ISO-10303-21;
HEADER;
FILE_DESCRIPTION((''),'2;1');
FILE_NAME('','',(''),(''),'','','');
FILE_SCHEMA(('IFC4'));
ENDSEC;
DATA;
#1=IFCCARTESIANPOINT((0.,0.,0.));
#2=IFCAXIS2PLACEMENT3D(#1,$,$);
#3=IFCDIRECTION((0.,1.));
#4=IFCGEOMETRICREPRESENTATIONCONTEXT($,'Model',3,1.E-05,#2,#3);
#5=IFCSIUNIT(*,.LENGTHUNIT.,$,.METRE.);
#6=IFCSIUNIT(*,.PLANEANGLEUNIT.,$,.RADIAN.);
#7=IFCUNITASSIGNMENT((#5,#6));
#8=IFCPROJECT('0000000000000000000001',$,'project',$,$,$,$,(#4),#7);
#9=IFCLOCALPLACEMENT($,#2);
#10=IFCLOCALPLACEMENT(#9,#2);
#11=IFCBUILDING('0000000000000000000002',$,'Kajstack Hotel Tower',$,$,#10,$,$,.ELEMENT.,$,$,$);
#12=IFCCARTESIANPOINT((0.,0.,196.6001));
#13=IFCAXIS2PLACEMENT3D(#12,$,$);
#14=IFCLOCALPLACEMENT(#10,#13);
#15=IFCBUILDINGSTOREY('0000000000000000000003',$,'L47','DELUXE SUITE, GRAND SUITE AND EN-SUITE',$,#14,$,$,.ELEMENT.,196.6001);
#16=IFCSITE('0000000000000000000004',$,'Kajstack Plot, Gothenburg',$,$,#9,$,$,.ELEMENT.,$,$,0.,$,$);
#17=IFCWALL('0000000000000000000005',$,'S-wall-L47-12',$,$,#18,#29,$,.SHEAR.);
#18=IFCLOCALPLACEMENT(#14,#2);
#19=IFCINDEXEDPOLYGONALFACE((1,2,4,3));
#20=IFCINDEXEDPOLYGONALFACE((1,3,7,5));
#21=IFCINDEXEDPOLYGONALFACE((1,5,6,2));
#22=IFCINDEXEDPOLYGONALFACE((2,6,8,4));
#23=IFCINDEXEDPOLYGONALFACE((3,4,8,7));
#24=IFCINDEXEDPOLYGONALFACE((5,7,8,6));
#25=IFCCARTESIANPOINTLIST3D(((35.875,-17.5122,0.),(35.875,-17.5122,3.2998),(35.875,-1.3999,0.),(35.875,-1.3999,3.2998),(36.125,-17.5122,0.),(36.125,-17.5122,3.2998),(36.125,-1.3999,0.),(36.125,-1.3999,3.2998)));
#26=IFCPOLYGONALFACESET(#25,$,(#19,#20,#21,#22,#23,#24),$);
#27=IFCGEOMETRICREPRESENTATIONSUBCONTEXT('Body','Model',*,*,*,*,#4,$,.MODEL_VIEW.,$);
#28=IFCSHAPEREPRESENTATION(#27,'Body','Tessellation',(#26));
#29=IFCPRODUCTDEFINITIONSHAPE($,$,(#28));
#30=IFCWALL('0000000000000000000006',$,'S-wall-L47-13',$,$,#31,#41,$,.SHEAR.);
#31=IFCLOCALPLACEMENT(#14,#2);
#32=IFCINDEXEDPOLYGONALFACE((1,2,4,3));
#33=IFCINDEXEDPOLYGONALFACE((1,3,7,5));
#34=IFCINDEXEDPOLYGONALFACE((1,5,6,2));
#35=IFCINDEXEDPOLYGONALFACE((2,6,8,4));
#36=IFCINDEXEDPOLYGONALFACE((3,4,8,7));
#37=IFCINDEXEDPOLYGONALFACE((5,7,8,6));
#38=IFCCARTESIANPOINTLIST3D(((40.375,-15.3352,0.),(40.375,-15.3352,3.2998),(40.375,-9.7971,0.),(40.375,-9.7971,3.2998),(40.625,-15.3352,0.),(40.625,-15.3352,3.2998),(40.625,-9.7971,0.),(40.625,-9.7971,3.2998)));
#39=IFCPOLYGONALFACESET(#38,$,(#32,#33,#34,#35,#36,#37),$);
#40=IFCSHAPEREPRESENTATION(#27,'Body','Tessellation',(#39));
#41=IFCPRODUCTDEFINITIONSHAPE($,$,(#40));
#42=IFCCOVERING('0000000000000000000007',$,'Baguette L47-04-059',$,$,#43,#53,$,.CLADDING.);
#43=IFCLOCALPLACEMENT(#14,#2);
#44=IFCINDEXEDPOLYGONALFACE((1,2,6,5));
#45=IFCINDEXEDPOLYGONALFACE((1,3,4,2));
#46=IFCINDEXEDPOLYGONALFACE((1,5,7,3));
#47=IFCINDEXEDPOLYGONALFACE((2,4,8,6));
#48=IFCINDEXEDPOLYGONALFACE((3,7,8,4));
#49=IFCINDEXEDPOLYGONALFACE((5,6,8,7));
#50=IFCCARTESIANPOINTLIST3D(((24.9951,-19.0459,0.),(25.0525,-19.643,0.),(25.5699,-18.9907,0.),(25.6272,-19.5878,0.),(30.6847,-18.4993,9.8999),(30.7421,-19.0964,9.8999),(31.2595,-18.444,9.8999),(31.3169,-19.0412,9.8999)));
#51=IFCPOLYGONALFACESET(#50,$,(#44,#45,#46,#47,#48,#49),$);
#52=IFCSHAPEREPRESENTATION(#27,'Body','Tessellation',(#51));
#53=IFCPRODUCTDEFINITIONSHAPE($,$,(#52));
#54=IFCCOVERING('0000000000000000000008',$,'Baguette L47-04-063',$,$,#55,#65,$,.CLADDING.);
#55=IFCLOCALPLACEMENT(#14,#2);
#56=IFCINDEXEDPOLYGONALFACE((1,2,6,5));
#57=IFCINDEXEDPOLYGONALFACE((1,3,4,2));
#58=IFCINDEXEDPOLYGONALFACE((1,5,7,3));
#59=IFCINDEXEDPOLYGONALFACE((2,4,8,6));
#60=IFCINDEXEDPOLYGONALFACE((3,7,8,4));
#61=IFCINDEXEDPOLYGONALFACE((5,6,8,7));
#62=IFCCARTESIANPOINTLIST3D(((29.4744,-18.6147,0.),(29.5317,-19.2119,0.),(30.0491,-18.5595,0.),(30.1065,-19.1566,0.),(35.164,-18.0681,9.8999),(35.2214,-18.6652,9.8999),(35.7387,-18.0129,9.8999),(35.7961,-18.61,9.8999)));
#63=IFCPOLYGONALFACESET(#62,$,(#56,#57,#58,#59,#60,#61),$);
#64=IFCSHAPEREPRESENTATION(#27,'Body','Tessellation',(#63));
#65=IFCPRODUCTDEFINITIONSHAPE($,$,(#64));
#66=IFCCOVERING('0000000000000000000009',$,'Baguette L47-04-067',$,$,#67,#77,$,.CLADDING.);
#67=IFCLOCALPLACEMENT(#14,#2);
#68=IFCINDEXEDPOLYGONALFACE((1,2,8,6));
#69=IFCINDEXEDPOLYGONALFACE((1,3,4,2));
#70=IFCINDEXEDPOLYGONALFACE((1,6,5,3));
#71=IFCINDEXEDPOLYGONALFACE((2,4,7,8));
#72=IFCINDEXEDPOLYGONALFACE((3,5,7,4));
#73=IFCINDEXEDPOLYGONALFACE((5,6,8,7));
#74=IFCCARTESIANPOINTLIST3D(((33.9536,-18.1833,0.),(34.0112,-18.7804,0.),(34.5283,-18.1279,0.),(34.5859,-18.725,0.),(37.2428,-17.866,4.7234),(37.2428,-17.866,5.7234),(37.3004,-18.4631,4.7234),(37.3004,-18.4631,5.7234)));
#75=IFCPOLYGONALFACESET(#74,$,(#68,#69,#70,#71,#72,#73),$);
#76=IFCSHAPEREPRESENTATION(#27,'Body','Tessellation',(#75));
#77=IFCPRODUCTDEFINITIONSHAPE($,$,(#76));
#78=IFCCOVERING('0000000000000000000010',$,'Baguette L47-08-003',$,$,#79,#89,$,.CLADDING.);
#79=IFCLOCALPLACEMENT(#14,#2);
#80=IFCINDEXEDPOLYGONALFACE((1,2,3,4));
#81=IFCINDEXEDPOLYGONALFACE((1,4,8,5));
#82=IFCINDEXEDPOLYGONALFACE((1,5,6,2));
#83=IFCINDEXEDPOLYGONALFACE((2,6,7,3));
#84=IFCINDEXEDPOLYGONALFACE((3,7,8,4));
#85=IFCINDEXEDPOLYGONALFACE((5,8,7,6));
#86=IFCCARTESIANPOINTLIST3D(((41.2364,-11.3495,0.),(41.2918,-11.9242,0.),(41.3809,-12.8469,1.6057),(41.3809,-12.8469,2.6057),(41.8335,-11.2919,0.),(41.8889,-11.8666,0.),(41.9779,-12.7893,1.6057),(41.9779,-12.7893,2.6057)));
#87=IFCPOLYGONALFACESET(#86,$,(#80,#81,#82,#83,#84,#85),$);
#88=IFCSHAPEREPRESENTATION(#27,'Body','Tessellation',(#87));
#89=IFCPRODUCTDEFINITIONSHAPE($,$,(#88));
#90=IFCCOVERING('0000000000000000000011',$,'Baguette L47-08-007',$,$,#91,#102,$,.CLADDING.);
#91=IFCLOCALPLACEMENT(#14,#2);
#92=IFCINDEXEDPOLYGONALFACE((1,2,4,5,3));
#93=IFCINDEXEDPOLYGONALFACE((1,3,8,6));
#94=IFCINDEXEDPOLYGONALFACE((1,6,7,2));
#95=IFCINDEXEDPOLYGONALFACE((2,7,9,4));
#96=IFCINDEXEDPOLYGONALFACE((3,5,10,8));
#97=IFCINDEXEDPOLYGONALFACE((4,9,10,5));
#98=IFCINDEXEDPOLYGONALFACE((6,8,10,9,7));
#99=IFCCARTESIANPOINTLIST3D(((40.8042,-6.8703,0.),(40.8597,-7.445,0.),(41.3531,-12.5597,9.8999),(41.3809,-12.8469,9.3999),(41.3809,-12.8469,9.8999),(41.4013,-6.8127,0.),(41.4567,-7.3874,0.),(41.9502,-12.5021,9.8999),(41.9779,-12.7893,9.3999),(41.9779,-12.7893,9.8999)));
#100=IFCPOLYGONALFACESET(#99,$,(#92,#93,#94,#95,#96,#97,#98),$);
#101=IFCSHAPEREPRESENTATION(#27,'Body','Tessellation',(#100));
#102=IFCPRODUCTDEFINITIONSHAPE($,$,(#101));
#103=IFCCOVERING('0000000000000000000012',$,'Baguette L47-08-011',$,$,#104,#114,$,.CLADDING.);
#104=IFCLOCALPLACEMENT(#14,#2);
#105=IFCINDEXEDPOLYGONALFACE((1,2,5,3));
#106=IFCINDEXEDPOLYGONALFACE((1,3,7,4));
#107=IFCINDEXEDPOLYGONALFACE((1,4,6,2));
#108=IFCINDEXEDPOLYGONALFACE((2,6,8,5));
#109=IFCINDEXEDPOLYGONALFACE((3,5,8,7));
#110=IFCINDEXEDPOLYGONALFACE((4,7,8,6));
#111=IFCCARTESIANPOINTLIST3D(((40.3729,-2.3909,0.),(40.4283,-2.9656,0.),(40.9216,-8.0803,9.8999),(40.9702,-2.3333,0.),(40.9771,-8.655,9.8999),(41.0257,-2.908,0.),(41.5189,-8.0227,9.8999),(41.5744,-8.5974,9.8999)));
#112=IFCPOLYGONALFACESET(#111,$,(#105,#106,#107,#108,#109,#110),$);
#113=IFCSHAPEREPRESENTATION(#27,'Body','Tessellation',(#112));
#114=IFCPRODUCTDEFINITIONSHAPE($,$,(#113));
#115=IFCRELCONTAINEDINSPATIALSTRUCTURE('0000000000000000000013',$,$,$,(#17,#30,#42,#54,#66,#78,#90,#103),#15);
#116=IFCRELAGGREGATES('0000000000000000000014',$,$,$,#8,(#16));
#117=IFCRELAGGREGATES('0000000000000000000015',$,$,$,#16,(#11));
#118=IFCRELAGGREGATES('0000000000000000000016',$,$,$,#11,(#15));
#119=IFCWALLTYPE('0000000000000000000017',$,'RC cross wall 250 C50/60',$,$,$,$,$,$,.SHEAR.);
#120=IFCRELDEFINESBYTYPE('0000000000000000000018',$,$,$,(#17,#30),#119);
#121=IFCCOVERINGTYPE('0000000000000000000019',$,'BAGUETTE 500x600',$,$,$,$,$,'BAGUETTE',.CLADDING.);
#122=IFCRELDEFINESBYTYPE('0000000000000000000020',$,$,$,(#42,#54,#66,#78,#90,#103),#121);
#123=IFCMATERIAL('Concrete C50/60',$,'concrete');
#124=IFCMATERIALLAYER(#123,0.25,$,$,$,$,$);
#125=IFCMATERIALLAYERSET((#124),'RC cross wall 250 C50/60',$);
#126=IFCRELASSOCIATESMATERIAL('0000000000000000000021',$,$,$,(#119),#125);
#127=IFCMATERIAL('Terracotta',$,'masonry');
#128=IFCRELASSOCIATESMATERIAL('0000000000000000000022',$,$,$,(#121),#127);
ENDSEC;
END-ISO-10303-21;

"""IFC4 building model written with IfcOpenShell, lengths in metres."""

from ifc_helpers import new_model, si_unit, direction, frame, frame_2d, origin, origin_2d, place, context, subcontext, project, spatial, polyline, rectangle, outline, extrude, material, layer, layer_set, material_profile, profile_set, type_object, element, save


model = new_model("IFC4")

# Units and contexts
model_context = context("Model", 3, precision=1e-05, world=origin(), true_north=direction((0.0, 1.0)))
body_context = subcontext(model_context, "Body", "Model", "MODEL_VIEW")
ifc_project = project(units=[si_unit("LENGTHUNIT", "METRE"), si_unit("PLANEANGLEUNIT", "RADIAN")], contexts=[model_context])

# Site, building, storey
site_placement = place(None, origin())
site = spatial("IfcSite", under=ifc_project, at=site_placement, Name="Kajstack Plot, Gothenburg", CompositionType="ELEMENT", RefElevation=0.0)
building_placement = place(site_placement, origin())
building = spatial("IfcBuilding", under=site, at=building_placement, Name="Kajstack Hotel Tower", CompositionType="ELEMENT")
storey_placement = place(building_placement, frame((0.0, 0.0, 196.6001)))
storey = spatial("IfcBuildingStorey", under=building, at=storey_placement, Name="L47", Description="DELUXE SUITE, GRAND SUITE AND EN-SUITE", CompositionType="ELEMENT", Elevation=196.6001)

# Walls
ifc_material_1 = material(Name="Concrete C50/60", Category="concrete")
ifc_layer_1 = layer(ifc_material_1, 0.25)
ifc_layer_set_1 = layer_set([ifc_layer_1], Name="RC cross wall 250 C50/60")
wall_type_1 = type_object("IfcWallType", Name="RC cross wall 250 C50/60", PredefinedType="SHEAR", material=ifc_layer_set_1)
wall_1_placement = place(storey_placement, frame((36.0, -17.5122, 0.0), z_axis=(0.0, 0.0, 1.0), x_axis=(0.0, 1.0, 0.0)))
element("IfcWall", 1, at=wall_1_placement, inside=storey, type_object=wall_type_1, Name="S-wall-L47-12", PredefinedType="SHEAR", context=body_context, shape_type="SweptSolid", body=[
    extrude(rectangle(XDim=16.1123, YDim=0.25, at=frame_2d((8.0562, 0.0))), origin(), (0.0, 0.0, 1.0), 3.2998),
])
wall_2_placement = place(storey_placement, frame((40.5, -15.3352, 0.0), z_axis=(0.0, 0.0, 1.0), x_axis=(0.0, 1.0, 0.0)))
element("IfcWall", 2, at=wall_2_placement, inside=storey, type_object=wall_type_1, Name="S-wall-L47-13", PredefinedType="SHEAR", context=body_context, shape_type="SweptSolid", body=[
    extrude(rectangle(XDim=5.5381, YDim=0.25, at=frame_2d((2.769, 0.0))), origin(), (0.0, 0.0, 1.0), 3.2998),
])

# Coverings
ifc_material_2 = material(Name="Terracotta", Category="masonry")
ifc_material_profile = material_profile(ifc_material_2, rectangle(XDim=0.6001, YDim=0.5, at=origin_2d()), Name="Terracotta-clad concrete baguette 500 x 600")
ifc_profile_set = profile_set([ifc_material_profile], Name="Terracotta")
covering_type = type_object("IfcCoveringType", Name="BAGUETTE 500x600", ElementType="BAGUETTE", PredefinedType="CLADDING", material=ifc_profile_set)
for number, where, z_axis, x_axis, name in (
    (3, (24.9951, -19.0459, 0.0), (0.095635, -0.995416, 0.0), (0.995416, 0.095635, 0.0), "Baguette L47-04-059"),
    (4, (29.4744, -18.6147, 0.0), (0.095635, -0.995416, 0.0), (0.995416, 0.095635, 0.0), "Baguette L47-04-063"),
):
    element("IfcCovering", number, at=place(storey_placement, frame(where, z_axis=z_axis, x_axis=x_axis)), inside=storey, type_object=covering_type, Name=name, PredefinedType="CLADDING", context=body_context, shape_type="SweptSolid", body=[
        extrude(outline(polyline([(5.7158, 9.8999), (0.0, 0.0), (0.5774, 0.0), (6.2932, 9.8999), (5.7158, 9.8999)])), origin(), (0.0, 0.0, 1.0), 0.5999),
    ])
covering_1_placement = place(storey_placement, frame((33.9536, -18.1833, 0.0), z_axis=(0.096038, -0.995378, 0.0), x_axis=(0.995378, 0.096038, 0.0)))
element("IfcCovering", 5, at=covering_1_placement, inside=storey, type_object=covering_type, Name="Baguette L47-04-067", PredefinedType="CLADDING", context=body_context, shape_type="SweptSolid", body=[
    extrude(outline(polyline([(0.5774, 0.0), (3.3044, 4.7234), (3.3044, 5.7234), (0.0, 0.0), (0.5774, 0.0)])), origin(), (0.0, 0.0, 1.0), 0.5999),
])
covering_2_placement = place(storey_placement, frame((41.3809, -12.8469, 0.0), z_axis=(0.995378, 0.096038, 0.0), x_axis=(-0.096038, 0.995378, 0.0)))
element("IfcCovering", 6, at=covering_2_placement, inside=storey, type_object=covering_type, Name="Baguette L47-08-003", PredefinedType="CLADDING", context=body_context, shape_type="SweptSolid", body=[
    extrude(outline(polyline([(1.5044, 0.0), (0.0, 2.6057), (0.0, 1.6057), (0.927, 0.0), (1.5044, 0.0)])), origin(), (0.0, 0.0, 1.0), 0.5999),
])
covering_3_placement = place(storey_placement, frame((41.3809, -12.8469, 0.0), z_axis=(0.995378, 0.096038, 0.0), x_axis=(-0.096038, 0.995378, 0.0)))
element("IfcCovering", 7, at=covering_3_placement, inside=storey, type_object=covering_type, Name="Baguette L47-08-007", PredefinedType="CLADDING", context=body_context, shape_type="SweptSolid", body=[
    extrude(outline(polyline([(0.2886, 9.8999), (0.0, 9.8999), (0.0, 9.3999), (5.427, 0.0), (6.0044, 0.0), (0.2886, 9.8999)])), origin(), (0.0, 0.0, 1.0), 0.5999),
])
covering_4_placement = place(storey_placement, frame((40.9771, -8.655, 0.0), z_axis=(0.995381, 0.095999, 0.0), x_axis=(-0.095999, 0.995381, 0.0)))
element("IfcCovering", 8, at=covering_4_placement, inside=storey, type_object=covering_type, Name="Baguette L47-08-011", PredefinedType="CLADDING", context=body_context, shape_type="SweptSolid", body=[
    extrude(outline(polyline([(0.0, 9.8999), (5.7158, 0.0), (6.2932, 0.0), (0.5774, 9.8999), (0.0, 9.8999)])), origin(), (0.0, 0.0, 1.0), 0.6001),
])

save(model, "model.ifc")
